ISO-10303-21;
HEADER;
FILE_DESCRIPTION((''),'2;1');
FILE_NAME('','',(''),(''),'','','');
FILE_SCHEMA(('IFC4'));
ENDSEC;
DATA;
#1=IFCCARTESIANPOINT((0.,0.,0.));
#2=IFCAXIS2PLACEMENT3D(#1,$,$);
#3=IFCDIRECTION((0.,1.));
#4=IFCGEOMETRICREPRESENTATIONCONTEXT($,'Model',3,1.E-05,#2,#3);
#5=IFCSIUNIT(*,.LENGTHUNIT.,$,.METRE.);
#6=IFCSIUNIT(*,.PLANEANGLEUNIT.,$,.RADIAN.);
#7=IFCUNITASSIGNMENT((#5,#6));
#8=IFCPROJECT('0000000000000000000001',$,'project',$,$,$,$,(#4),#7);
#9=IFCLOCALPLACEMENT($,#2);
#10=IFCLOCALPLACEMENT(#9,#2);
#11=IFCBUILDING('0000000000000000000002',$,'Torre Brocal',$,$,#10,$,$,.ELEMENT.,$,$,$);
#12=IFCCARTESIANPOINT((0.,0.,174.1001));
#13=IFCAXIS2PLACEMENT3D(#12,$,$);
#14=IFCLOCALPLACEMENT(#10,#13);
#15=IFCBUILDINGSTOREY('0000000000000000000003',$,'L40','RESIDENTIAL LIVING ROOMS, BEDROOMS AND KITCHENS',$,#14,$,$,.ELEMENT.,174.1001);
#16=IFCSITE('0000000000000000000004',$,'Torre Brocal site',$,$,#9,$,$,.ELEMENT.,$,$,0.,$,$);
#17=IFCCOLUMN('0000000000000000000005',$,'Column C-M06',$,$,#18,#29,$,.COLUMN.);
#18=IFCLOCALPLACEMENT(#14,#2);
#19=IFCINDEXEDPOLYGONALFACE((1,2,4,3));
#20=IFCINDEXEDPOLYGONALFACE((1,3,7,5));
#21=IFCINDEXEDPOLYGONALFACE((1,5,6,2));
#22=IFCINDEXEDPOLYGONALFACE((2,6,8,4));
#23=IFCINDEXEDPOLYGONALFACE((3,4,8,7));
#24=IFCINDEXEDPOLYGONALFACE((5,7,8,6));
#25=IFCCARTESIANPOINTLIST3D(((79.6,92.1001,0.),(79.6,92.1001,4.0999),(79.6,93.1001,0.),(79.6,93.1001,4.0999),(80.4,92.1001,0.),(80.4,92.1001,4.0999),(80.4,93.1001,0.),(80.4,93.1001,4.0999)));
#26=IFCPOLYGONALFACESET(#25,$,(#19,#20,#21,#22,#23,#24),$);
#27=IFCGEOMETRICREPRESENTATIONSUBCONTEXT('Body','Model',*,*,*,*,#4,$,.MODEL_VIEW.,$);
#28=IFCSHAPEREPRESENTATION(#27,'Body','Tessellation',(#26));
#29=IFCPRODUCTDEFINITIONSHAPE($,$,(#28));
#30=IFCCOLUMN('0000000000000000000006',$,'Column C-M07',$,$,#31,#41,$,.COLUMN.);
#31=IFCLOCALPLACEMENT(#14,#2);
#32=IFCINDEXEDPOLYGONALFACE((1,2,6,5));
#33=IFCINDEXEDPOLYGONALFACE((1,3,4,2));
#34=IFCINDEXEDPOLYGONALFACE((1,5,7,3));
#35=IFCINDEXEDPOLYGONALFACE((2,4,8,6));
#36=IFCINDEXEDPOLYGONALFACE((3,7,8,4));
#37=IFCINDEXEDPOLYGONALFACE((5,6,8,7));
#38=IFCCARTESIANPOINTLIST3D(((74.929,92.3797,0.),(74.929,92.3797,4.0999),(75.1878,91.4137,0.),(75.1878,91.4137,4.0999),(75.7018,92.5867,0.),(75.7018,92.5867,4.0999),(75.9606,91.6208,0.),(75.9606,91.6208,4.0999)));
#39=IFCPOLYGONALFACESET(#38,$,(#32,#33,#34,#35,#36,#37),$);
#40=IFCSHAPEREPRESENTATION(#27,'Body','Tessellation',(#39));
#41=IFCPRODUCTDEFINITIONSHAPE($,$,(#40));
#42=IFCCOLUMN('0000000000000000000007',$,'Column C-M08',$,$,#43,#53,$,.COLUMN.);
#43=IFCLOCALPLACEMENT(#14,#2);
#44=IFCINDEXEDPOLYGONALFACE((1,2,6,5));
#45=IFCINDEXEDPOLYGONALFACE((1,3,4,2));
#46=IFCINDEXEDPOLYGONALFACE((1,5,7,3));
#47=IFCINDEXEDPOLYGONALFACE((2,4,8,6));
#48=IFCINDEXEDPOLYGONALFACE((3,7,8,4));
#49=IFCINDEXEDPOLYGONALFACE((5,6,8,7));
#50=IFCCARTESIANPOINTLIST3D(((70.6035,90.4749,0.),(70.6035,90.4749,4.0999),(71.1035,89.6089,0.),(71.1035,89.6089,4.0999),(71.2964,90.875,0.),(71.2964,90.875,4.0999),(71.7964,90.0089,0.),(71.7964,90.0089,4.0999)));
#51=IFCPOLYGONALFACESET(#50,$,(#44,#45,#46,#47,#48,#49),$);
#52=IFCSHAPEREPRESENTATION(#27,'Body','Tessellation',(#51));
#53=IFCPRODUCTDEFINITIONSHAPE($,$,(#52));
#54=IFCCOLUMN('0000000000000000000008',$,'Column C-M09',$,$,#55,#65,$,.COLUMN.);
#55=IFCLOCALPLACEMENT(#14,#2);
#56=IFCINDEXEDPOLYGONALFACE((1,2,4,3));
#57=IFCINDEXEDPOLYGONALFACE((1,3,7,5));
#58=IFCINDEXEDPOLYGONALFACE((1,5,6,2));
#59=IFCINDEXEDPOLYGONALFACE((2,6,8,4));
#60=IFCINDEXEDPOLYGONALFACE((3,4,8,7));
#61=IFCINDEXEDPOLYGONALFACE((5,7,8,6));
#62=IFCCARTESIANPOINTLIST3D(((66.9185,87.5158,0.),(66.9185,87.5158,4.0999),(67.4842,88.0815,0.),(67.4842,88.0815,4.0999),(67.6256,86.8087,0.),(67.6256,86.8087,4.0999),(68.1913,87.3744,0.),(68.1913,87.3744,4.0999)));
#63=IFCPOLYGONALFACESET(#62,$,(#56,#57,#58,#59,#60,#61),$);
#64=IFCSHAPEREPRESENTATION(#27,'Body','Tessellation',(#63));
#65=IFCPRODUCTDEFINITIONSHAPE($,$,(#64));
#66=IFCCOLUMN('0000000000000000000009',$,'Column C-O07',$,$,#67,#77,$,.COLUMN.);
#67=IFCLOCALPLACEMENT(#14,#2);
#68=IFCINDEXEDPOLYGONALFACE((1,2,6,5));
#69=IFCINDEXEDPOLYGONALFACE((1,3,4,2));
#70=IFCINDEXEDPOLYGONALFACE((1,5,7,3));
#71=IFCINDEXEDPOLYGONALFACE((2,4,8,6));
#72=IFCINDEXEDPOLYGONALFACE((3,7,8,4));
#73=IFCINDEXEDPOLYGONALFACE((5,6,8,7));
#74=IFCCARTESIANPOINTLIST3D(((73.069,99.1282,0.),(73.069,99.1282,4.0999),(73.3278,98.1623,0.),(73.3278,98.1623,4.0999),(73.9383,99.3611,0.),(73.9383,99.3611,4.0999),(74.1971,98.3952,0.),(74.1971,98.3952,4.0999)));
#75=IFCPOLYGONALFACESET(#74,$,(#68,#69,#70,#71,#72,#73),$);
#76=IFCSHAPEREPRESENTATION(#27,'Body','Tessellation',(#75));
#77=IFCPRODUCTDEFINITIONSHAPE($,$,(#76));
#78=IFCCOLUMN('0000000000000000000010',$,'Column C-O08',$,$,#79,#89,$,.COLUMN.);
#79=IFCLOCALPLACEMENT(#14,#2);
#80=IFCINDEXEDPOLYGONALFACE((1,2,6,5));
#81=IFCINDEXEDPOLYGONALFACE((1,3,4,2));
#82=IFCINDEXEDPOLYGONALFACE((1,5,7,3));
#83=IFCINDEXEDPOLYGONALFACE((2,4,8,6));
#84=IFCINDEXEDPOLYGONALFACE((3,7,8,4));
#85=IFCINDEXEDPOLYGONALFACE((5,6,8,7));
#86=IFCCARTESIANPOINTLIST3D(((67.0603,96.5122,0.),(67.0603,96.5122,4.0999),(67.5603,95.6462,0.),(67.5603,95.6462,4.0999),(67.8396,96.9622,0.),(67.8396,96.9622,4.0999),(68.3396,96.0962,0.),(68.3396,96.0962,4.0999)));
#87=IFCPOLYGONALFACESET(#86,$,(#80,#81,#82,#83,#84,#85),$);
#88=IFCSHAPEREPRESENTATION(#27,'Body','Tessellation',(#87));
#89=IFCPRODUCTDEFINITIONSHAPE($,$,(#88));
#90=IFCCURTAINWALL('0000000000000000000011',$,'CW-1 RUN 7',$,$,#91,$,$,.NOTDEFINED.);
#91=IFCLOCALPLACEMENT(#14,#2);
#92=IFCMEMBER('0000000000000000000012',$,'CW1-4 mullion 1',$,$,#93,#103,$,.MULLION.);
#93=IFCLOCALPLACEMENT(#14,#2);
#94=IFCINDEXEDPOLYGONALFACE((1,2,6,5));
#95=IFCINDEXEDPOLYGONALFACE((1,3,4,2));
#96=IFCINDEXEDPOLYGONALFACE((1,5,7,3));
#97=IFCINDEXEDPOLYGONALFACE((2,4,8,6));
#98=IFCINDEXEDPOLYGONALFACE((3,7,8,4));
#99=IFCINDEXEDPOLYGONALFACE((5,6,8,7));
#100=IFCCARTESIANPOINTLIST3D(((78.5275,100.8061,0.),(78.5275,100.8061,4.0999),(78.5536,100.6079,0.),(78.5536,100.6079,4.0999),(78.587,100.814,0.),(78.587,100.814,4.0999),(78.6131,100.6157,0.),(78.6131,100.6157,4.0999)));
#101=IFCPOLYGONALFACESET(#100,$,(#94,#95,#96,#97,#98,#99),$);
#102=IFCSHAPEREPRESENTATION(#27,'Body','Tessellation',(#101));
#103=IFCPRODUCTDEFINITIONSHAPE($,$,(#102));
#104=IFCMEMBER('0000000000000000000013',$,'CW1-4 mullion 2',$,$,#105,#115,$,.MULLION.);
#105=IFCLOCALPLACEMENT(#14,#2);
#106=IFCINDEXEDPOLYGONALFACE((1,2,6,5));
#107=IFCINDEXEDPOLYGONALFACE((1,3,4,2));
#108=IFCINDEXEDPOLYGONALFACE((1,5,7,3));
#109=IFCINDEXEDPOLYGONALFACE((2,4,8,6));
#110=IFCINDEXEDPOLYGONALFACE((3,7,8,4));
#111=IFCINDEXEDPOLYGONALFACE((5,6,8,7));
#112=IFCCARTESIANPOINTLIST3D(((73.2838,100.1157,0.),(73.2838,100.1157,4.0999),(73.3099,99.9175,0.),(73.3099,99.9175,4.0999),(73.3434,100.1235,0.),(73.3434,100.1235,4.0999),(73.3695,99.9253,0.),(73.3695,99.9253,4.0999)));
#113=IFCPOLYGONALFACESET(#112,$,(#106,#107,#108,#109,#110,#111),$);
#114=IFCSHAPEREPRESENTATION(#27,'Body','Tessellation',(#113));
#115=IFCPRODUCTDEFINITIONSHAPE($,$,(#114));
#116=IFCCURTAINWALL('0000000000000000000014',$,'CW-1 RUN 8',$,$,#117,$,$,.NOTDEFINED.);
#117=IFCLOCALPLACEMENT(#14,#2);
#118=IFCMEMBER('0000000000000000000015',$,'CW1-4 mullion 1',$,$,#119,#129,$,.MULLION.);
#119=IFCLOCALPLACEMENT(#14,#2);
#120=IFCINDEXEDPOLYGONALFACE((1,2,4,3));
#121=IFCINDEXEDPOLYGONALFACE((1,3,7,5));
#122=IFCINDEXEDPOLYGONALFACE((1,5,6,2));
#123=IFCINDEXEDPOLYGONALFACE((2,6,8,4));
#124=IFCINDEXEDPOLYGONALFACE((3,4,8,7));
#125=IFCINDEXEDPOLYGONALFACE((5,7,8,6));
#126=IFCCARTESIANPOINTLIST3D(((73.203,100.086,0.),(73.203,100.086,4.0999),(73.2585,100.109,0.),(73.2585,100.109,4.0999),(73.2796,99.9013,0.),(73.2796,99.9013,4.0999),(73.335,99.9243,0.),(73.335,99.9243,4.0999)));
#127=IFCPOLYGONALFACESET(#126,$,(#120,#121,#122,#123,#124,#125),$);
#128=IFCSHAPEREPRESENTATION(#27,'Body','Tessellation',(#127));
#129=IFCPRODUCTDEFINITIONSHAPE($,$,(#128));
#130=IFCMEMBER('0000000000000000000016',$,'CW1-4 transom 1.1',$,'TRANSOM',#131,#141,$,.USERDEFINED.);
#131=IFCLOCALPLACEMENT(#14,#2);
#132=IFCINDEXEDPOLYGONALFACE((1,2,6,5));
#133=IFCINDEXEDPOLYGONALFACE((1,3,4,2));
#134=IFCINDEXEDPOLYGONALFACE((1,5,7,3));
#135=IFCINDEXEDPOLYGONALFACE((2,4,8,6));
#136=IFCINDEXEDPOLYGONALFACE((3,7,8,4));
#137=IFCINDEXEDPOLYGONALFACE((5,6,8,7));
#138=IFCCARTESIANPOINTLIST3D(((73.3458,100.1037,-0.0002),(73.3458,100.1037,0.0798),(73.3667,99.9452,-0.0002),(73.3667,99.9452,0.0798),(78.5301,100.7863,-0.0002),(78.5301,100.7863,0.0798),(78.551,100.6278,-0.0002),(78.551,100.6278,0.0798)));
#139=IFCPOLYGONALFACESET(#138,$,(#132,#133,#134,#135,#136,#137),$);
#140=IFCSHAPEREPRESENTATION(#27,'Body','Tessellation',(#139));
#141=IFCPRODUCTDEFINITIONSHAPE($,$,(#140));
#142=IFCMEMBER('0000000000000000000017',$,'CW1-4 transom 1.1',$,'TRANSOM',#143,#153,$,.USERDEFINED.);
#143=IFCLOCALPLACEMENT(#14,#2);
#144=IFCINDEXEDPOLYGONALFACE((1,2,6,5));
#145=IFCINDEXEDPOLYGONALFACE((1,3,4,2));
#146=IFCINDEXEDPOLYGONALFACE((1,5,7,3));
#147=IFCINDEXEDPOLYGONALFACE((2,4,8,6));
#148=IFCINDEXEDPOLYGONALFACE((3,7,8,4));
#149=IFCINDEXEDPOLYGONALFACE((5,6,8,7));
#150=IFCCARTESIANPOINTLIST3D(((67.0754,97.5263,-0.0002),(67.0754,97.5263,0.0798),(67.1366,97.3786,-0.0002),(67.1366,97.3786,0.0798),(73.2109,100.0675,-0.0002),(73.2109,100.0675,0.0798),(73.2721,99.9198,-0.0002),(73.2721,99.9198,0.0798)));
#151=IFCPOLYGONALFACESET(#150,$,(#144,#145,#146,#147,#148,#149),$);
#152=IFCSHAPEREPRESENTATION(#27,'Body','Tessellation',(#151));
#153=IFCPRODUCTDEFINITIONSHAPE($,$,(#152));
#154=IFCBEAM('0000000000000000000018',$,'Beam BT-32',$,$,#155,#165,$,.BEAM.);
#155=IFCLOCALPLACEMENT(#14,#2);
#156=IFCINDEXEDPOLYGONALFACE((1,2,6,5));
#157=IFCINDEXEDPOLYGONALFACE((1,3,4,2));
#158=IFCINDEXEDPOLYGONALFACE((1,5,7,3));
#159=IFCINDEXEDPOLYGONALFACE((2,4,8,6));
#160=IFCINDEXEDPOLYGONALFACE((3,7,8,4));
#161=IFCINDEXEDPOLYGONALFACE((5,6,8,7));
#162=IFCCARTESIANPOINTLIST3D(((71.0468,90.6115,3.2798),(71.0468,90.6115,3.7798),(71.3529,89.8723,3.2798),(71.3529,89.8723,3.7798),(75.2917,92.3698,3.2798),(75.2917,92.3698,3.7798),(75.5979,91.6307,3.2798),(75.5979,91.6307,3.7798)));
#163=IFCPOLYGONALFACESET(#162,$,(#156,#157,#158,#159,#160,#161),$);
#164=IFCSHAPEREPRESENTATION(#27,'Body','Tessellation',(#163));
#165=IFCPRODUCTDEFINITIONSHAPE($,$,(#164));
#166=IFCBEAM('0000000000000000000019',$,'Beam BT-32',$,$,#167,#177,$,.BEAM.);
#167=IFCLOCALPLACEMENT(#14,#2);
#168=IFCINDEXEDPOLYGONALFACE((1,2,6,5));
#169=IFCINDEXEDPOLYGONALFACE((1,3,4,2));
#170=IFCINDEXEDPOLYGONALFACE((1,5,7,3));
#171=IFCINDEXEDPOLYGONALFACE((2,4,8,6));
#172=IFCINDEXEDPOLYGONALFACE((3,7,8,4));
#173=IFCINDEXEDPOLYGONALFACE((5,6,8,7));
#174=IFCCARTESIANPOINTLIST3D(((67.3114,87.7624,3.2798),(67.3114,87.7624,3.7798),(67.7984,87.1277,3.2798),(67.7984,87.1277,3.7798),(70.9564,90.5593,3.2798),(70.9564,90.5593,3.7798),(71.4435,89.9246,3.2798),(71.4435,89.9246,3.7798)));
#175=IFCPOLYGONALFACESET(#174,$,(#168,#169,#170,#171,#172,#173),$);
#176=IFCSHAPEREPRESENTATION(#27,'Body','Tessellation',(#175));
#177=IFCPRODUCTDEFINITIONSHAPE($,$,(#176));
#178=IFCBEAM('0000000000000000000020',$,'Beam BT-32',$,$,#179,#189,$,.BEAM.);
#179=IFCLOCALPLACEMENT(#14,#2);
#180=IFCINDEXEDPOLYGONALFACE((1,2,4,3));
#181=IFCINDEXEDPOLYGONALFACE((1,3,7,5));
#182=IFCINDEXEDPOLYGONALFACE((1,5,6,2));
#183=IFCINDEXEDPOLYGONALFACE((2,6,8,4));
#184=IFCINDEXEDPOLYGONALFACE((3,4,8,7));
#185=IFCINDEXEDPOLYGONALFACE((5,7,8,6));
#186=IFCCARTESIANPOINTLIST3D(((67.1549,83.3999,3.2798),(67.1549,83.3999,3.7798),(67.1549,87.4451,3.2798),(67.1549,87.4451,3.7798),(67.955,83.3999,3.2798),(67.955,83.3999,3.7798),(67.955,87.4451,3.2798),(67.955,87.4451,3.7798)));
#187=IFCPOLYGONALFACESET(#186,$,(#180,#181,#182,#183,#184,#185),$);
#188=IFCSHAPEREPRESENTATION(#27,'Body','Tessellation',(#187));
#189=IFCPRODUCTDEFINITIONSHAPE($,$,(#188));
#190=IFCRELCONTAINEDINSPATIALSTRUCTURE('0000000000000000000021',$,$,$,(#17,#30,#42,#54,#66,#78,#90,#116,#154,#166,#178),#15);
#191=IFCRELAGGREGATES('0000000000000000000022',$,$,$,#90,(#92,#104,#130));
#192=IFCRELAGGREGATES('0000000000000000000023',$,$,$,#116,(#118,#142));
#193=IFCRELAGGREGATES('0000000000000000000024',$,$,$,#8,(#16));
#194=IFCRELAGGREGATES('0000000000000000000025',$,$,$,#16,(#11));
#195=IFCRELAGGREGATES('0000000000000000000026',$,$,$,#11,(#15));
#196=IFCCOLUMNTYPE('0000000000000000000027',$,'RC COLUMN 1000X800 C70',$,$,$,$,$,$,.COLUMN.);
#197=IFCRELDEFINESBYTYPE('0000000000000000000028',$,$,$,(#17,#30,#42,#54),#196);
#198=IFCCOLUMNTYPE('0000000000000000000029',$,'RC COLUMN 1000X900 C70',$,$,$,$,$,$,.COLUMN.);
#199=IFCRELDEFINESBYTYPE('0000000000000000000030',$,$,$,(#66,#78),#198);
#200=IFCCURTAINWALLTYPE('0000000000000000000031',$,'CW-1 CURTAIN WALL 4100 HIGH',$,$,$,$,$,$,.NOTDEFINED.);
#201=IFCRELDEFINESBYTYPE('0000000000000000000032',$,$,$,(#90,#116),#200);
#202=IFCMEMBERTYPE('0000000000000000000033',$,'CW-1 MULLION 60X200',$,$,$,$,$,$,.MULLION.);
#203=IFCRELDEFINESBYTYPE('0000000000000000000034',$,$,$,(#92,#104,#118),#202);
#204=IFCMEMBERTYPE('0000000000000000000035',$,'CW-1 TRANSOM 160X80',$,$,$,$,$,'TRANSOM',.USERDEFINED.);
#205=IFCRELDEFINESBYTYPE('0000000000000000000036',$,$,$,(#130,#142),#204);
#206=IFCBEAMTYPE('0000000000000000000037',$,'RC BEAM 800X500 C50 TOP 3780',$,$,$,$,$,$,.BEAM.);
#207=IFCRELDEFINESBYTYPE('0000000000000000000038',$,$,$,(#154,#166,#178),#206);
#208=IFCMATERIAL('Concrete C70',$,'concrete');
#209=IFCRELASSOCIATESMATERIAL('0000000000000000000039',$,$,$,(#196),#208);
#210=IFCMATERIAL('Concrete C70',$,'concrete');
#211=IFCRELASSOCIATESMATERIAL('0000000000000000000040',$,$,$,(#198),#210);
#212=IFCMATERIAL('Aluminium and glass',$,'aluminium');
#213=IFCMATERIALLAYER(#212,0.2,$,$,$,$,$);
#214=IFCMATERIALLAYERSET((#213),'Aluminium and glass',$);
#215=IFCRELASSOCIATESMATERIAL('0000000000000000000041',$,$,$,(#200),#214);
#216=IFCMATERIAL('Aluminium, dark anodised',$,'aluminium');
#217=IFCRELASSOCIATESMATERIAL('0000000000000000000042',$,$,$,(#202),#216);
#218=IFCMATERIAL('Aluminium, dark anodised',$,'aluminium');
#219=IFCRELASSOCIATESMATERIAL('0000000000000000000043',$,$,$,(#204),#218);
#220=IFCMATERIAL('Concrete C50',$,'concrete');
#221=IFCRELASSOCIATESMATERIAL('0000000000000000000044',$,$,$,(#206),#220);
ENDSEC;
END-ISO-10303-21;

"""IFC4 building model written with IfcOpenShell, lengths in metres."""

from ifc_helpers import new_model, si_unit, direction, frame, origin, origin_2d, place, context, subcontext, project, spatial, rectangle, extrude, material, layer, layer_set, material_profile, profile_set, type_object, element, aggregate, save


model = new_model("IFC4")

# Units and contexts
model_context = context("Model", 3, precision=1e-05, world=origin(), true_north=direction((0.0, 1.0)))
body_context = subcontext(model_context, "Body", "Model", "MODEL_VIEW")
ifc_project = project(units=[si_unit("LENGTHUNIT", "METRE"), si_unit("PLANEANGLEUNIT", "RADIAN")], contexts=[model_context])

# Site, building, storey
site_placement = place(None, origin())
site = spatial("IfcSite", under=ifc_project, at=site_placement, Name="Torre Brocal site", CompositionType="ELEMENT", RefElevation=0.0)
building_placement = place(site_placement, origin())
building = spatial("IfcBuilding", under=site, at=building_placement, Name="Torre Brocal", CompositionType="ELEMENT")
storey_placement = place(building_placement, frame((0.0, 0.0, 174.1001)))
storey = spatial("IfcBuildingStorey", under=building, at=storey_placement, Name="L40", Description="RESIDENTIAL LIVING ROOMS, BEDROOMS AND KITCHENS", CompositionType="ELEMENT", Elevation=174.1001)

# Columns
ifc_material_1 = material(Name="Concrete C70", Category="concrete")
ifc_material_profile_1 = material_profile(ifc_material_1, rectangle(XDim=1.0, YDim=0.8, at=origin_2d()), Name="RC 1000X800")
ifc_profile_set_1 = profile_set([ifc_material_profile_1], Name="Concrete C70")
column_type_1 = type_object("IfcColumnType", Name="RC COLUMN 1000X800 C70", PredefinedType="COLUMN", material=ifc_profile_set_1)
for number, where, z_axis, x_axis, name in (
    (1, (80.0, 92.6001, 0.0), (0.0, 0.0, 1.0), (0.0, 1.0, 0.0), "Column C-M06"),
    (2, (75.4448, 92.0002, 0.0), (0.0, 0.0, 1.0), (-0.258819, 0.965926, 0.0), "Column C-M07"),
    (3, (71.2, 90.2419, 0.0), (0.0, 0.0, 1.0), (-0.5, 0.866025, 0.0), "Column C-M08"),
    (4, (67.5549, 87.4451, 0.0), (0.0, 0.0, 1.0), (-0.707107, 0.707107, 0.0), "Column C-M09"),
):
    element("IfcColumn", number, at=place(storey_placement, frame(where, z_axis=z_axis, x_axis=x_axis)), inside=storey, type_object=column_type_1, Name=name, PredefinedType="COLUMN", context=body_context, shape_type="SweptSolid", body=[
        extrude(rectangle(XDim=1.0, YDim=0.8, at=origin_2d()), origin(), (0.0, 0.0, 1.0), 4.0999),
    ])
ifc_material_2 = material(Name="Concrete C70", Category="concrete")
ifc_material_profile_2 = material_profile(ifc_material_2, rectangle(XDim=1.0, YDim=0.8999, at=origin_2d()), Name="RC 1000X900")
ifc_profile_set_2 = profile_set([ifc_material_profile_2], Name="Concrete C70")
column_type_2 = type_object("IfcColumnType", Name="RC COLUMN 1000X900 C70", PredefinedType="COLUMN", material=ifc_profile_set_2)
for number, where, z_axis, x_axis, name in (
    (5, (73.6331, 98.7617, 0.0), (0.0, 0.0, 1.0), (-0.258819, 0.965926, 0.0), "Column C-O07"),
    (6, (67.7, 96.3042, 0.0), (0.0, 0.0, 1.0), (-0.5, 0.866025, 0.0), "Column C-O08"),
):
    element("IfcColumn", number, at=place(storey_placement, frame(where, z_axis=z_axis, x_axis=x_axis)), inside=storey, type_object=column_type_2, Name=name, PredefinedType="COLUMN", context=body_context, shape_type="SweptSolid", body=[
        extrude(rectangle(XDim=1.0, YDim=0.8999, at=origin_2d()), origin(), (0.0, 0.0, 1.0), 4.0999),
    ])

# Curtain wall, members
ifc_material_3 = material(Name="Aluminium and glass", Category="aluminium")
ifc_layer_1 = layer(ifc_material_3, 0.2)
ifc_layer_set_1 = layer_set([ifc_layer_1], Name="Aluminium and glass")
curtain_wall_type = type_object("IfcCurtainWallType", Name="CW-1 CURTAIN WALL 4100 HIGH", PredefinedType="NOTDEFINED", material=ifc_layer_set_1)
curtain_wall_1_placement = place(storey_placement, origin())
curtain_wall_1 = element("IfcCurtainWall", 7, at=curtain_wall_1_placement, inside=storey, type_object=curtain_wall_type, Name="CW-1 RUN 7", PredefinedType="NOTDEFINED")
ifc_material_4 = material(Name="Aluminium, dark anodised", Category="aluminium")
ifc_material_profile_3 = material_profile(ifc_material_4, rectangle(XDim=0.2, YDim=0.0601, at=origin_2d()), Name="CW-1 MULLION 60X200")
ifc_profile_set_3 = profile_set([ifc_material_profile_3], Name="Aluminium, dark anodised")
member_type_1 = type_object("IfcMemberType", Name="CW-1 MULLION 60X200", PredefinedType="MULLION", material=ifc_profile_set_3)
member_1_placement = place(storey_placement, frame((78.5703, 100.7109, 0.0), z_axis=(0.0, 0.0, 1.0), x_axis=(0.130526, -0.991445, 0.0)))
member_1 = element("IfcMember", 8, at=member_1_placement, type_object=member_type_1, Name="CW1-4 mullion 1", PredefinedType="MULLION", context=body_context, shape_type="SweptSolid", body=[
    extrude(rectangle(XDim=0.2, YDim=0.0601, at=origin_2d()), origin(), (0.0, 0.0, 1.0), 4.0999),
])
member_2_placement = place(storey_placement, frame((73.3267, 100.0205, 0.0), z_axis=(0.0, 0.0, 1.0), x_axis=(0.130526, -0.991445, 0.0)))
member_2 = element("IfcMember", 9, at=member_2_placement, type_object=member_type_1, Name="CW1-4 mullion 2", PredefinedType="MULLION", context=body_context, shape_type="SweptSolid", body=[
    extrude(rectangle(XDim=0.2, YDim=0.0601, at=origin_2d()), origin(), (0.0, 0.0, 1.0), 4.0999),
])

# Curtain wall, member
curtain_wall_2_placement = place(storey_placement, origin())
curtain_wall_2 = element("IfcCurtainWall", 10, at=curtain_wall_2_placement, inside=storey, type_object=curtain_wall_type, Name="CW-1 RUN 8", PredefinedType="NOTDEFINED")
member_3_placement = place(storey_placement, frame((73.269, 100.0051, 0.0), z_axis=(0.0, 0.0, 1.0), x_axis=(0.382683, -0.92388, 0.0)))
member_3 = element("IfcMember", 11, at=member_3_placement, type_object=member_type_1, Name="CW1-4 mullion 1", PredefinedType="MULLION", context=body_context, shape_type="SweptSolid", body=[
    extrude(rectangle(XDim=0.2, YDim=0.0601, at=origin_2d()), origin(), (0.0, 0.0, 1.0), 4.0999),
])

# Members
ifc_material_5 = material(Name="Aluminium, dark anodised", Category="aluminium")
ifc_material_profile_4 = material_profile(ifc_material_5, rectangle(XDim=0.1599, YDim=0.0801, at=origin_2d()), Name="CW-1 TRANSOM 160X80")
ifc_profile_set_4 = profile_set([ifc_material_profile_4], Name="Aluminium, dark anodised")
member_type_2 = type_object("IfcMemberType", Name="CW-1 TRANSOM 160X80", ElementType="TRANSOM", PredefinedType="USERDEFINED", material=ifc_profile_set_4)
member_4_placement = place(storey_placement, frame((78.5405, 100.707, 0.0398), z_axis=(-0.991443, -0.130543, 0.0), x_axis=(0.130543, -0.991443, 0.0)))
member_4 = element("IfcMember", 12, at=member_4_placement, type_object=member_type_2, Name="CW1-4 transom 1.1", ObjectType="TRANSOM", PredefinedType="USERDEFINED", context=body_context, shape_type="SweptSolid", body=[
    extrude(rectangle(XDim=0.1599, YDim=0.0801, at=origin_2d()), origin(), (0.0, 0.0, 1.0), 5.229),
])
member_5_placement = place(storey_placement, frame((73.2415, 99.9937, 0.0398), z_axis=(-0.923887, -0.382665, 0.0), x_axis=(0.382665, -0.923887, 0.0)))
member_5 = element("IfcMember", 13, at=member_5_placement, type_object=member_type_2, Name="CW1-4 transom 1.1", ObjectType="TRANSOM", PredefinedType="USERDEFINED", context=body_context, shape_type="SweptSolid", body=[
    extrude(rectangle(XDim=0.1599, YDim=0.0801, at=origin_2d()), origin(), (0.0, 0.0, 1.0), 6.6409),
])

# Beams
ifc_material_6 = material(Name="Concrete C50", Category="concrete")
ifc_material_profile_5 = material_profile(ifc_material_6, rectangle(XDim=0.8, YDim=0.5, at=origin_2d()), Name="RC 800X500")
ifc_profile_set_5 = profile_set([ifc_material_profile_5], Name="Concrete C50")
beam_type_1 = type_object("IfcBeamType", Name="RC BEAM 800X500 C50 TOP 3780", PredefinedType="BEAM", material=ifc_profile_set_5)
beam_1_placement = place(storey_placement, frame((75.4448, 92.0002, 3.5298), z_axis=(-0.923878, -0.382687, 0.0), x_axis=(0.382687, -0.923878, 0.0)))
element("IfcBeam", 14, at=beam_1_placement, inside=storey, type_object=beam_type_1, Name="Beam BT-32", PredefinedType="BEAM", context=body_context, shape_type="SweptSolid", body=[
    extrude(rectangle(XDim=0.8, YDim=0.5, at=origin_2d()), origin(), (0.0, 0.0, 1.0), 4.5947),
])
beam_2_placement = place(storey_placement, frame((71.2, 90.2419, 3.5298), z_axis=(-0.793358, -0.608755, 0.0), x_axis=(0.608755, -0.793358, 0.0)))
element("IfcBeam", 15, at=beam_2_placement, inside=storey, type_object=beam_type_1, Name="Beam BT-32", PredefinedType="BEAM", context=body_context, shape_type="SweptSolid", body=[
    extrude(rectangle(XDim=0.8, YDim=0.5, at=origin_2d()), origin(), (0.0, 0.0, 1.0), 4.5945),
])
beam_3_placement = place(storey_placement, frame((67.5549, 87.4451, 3.5298), z_axis=(0.0, -1.0, 0.0), x_axis=(1.0, 0.0, 0.0)))
element("IfcBeam", 16, at=beam_3_placement, inside=storey, type_object=beam_type_1, Name="Beam BT-32", PredefinedType="BEAM", context=body_context, shape_type="SweptSolid", body=[
    extrude(rectangle(XDim=0.8, YDim=0.5, at=origin_2d()), origin(), (0.0, 0.0, 1.0), 4.0452),
])

aggregate(curtain_wall_1, [member_1, member_2, member_4])
aggregate(curtain_wall_2, [member_3, member_5])

save(model, "model.ifc")
